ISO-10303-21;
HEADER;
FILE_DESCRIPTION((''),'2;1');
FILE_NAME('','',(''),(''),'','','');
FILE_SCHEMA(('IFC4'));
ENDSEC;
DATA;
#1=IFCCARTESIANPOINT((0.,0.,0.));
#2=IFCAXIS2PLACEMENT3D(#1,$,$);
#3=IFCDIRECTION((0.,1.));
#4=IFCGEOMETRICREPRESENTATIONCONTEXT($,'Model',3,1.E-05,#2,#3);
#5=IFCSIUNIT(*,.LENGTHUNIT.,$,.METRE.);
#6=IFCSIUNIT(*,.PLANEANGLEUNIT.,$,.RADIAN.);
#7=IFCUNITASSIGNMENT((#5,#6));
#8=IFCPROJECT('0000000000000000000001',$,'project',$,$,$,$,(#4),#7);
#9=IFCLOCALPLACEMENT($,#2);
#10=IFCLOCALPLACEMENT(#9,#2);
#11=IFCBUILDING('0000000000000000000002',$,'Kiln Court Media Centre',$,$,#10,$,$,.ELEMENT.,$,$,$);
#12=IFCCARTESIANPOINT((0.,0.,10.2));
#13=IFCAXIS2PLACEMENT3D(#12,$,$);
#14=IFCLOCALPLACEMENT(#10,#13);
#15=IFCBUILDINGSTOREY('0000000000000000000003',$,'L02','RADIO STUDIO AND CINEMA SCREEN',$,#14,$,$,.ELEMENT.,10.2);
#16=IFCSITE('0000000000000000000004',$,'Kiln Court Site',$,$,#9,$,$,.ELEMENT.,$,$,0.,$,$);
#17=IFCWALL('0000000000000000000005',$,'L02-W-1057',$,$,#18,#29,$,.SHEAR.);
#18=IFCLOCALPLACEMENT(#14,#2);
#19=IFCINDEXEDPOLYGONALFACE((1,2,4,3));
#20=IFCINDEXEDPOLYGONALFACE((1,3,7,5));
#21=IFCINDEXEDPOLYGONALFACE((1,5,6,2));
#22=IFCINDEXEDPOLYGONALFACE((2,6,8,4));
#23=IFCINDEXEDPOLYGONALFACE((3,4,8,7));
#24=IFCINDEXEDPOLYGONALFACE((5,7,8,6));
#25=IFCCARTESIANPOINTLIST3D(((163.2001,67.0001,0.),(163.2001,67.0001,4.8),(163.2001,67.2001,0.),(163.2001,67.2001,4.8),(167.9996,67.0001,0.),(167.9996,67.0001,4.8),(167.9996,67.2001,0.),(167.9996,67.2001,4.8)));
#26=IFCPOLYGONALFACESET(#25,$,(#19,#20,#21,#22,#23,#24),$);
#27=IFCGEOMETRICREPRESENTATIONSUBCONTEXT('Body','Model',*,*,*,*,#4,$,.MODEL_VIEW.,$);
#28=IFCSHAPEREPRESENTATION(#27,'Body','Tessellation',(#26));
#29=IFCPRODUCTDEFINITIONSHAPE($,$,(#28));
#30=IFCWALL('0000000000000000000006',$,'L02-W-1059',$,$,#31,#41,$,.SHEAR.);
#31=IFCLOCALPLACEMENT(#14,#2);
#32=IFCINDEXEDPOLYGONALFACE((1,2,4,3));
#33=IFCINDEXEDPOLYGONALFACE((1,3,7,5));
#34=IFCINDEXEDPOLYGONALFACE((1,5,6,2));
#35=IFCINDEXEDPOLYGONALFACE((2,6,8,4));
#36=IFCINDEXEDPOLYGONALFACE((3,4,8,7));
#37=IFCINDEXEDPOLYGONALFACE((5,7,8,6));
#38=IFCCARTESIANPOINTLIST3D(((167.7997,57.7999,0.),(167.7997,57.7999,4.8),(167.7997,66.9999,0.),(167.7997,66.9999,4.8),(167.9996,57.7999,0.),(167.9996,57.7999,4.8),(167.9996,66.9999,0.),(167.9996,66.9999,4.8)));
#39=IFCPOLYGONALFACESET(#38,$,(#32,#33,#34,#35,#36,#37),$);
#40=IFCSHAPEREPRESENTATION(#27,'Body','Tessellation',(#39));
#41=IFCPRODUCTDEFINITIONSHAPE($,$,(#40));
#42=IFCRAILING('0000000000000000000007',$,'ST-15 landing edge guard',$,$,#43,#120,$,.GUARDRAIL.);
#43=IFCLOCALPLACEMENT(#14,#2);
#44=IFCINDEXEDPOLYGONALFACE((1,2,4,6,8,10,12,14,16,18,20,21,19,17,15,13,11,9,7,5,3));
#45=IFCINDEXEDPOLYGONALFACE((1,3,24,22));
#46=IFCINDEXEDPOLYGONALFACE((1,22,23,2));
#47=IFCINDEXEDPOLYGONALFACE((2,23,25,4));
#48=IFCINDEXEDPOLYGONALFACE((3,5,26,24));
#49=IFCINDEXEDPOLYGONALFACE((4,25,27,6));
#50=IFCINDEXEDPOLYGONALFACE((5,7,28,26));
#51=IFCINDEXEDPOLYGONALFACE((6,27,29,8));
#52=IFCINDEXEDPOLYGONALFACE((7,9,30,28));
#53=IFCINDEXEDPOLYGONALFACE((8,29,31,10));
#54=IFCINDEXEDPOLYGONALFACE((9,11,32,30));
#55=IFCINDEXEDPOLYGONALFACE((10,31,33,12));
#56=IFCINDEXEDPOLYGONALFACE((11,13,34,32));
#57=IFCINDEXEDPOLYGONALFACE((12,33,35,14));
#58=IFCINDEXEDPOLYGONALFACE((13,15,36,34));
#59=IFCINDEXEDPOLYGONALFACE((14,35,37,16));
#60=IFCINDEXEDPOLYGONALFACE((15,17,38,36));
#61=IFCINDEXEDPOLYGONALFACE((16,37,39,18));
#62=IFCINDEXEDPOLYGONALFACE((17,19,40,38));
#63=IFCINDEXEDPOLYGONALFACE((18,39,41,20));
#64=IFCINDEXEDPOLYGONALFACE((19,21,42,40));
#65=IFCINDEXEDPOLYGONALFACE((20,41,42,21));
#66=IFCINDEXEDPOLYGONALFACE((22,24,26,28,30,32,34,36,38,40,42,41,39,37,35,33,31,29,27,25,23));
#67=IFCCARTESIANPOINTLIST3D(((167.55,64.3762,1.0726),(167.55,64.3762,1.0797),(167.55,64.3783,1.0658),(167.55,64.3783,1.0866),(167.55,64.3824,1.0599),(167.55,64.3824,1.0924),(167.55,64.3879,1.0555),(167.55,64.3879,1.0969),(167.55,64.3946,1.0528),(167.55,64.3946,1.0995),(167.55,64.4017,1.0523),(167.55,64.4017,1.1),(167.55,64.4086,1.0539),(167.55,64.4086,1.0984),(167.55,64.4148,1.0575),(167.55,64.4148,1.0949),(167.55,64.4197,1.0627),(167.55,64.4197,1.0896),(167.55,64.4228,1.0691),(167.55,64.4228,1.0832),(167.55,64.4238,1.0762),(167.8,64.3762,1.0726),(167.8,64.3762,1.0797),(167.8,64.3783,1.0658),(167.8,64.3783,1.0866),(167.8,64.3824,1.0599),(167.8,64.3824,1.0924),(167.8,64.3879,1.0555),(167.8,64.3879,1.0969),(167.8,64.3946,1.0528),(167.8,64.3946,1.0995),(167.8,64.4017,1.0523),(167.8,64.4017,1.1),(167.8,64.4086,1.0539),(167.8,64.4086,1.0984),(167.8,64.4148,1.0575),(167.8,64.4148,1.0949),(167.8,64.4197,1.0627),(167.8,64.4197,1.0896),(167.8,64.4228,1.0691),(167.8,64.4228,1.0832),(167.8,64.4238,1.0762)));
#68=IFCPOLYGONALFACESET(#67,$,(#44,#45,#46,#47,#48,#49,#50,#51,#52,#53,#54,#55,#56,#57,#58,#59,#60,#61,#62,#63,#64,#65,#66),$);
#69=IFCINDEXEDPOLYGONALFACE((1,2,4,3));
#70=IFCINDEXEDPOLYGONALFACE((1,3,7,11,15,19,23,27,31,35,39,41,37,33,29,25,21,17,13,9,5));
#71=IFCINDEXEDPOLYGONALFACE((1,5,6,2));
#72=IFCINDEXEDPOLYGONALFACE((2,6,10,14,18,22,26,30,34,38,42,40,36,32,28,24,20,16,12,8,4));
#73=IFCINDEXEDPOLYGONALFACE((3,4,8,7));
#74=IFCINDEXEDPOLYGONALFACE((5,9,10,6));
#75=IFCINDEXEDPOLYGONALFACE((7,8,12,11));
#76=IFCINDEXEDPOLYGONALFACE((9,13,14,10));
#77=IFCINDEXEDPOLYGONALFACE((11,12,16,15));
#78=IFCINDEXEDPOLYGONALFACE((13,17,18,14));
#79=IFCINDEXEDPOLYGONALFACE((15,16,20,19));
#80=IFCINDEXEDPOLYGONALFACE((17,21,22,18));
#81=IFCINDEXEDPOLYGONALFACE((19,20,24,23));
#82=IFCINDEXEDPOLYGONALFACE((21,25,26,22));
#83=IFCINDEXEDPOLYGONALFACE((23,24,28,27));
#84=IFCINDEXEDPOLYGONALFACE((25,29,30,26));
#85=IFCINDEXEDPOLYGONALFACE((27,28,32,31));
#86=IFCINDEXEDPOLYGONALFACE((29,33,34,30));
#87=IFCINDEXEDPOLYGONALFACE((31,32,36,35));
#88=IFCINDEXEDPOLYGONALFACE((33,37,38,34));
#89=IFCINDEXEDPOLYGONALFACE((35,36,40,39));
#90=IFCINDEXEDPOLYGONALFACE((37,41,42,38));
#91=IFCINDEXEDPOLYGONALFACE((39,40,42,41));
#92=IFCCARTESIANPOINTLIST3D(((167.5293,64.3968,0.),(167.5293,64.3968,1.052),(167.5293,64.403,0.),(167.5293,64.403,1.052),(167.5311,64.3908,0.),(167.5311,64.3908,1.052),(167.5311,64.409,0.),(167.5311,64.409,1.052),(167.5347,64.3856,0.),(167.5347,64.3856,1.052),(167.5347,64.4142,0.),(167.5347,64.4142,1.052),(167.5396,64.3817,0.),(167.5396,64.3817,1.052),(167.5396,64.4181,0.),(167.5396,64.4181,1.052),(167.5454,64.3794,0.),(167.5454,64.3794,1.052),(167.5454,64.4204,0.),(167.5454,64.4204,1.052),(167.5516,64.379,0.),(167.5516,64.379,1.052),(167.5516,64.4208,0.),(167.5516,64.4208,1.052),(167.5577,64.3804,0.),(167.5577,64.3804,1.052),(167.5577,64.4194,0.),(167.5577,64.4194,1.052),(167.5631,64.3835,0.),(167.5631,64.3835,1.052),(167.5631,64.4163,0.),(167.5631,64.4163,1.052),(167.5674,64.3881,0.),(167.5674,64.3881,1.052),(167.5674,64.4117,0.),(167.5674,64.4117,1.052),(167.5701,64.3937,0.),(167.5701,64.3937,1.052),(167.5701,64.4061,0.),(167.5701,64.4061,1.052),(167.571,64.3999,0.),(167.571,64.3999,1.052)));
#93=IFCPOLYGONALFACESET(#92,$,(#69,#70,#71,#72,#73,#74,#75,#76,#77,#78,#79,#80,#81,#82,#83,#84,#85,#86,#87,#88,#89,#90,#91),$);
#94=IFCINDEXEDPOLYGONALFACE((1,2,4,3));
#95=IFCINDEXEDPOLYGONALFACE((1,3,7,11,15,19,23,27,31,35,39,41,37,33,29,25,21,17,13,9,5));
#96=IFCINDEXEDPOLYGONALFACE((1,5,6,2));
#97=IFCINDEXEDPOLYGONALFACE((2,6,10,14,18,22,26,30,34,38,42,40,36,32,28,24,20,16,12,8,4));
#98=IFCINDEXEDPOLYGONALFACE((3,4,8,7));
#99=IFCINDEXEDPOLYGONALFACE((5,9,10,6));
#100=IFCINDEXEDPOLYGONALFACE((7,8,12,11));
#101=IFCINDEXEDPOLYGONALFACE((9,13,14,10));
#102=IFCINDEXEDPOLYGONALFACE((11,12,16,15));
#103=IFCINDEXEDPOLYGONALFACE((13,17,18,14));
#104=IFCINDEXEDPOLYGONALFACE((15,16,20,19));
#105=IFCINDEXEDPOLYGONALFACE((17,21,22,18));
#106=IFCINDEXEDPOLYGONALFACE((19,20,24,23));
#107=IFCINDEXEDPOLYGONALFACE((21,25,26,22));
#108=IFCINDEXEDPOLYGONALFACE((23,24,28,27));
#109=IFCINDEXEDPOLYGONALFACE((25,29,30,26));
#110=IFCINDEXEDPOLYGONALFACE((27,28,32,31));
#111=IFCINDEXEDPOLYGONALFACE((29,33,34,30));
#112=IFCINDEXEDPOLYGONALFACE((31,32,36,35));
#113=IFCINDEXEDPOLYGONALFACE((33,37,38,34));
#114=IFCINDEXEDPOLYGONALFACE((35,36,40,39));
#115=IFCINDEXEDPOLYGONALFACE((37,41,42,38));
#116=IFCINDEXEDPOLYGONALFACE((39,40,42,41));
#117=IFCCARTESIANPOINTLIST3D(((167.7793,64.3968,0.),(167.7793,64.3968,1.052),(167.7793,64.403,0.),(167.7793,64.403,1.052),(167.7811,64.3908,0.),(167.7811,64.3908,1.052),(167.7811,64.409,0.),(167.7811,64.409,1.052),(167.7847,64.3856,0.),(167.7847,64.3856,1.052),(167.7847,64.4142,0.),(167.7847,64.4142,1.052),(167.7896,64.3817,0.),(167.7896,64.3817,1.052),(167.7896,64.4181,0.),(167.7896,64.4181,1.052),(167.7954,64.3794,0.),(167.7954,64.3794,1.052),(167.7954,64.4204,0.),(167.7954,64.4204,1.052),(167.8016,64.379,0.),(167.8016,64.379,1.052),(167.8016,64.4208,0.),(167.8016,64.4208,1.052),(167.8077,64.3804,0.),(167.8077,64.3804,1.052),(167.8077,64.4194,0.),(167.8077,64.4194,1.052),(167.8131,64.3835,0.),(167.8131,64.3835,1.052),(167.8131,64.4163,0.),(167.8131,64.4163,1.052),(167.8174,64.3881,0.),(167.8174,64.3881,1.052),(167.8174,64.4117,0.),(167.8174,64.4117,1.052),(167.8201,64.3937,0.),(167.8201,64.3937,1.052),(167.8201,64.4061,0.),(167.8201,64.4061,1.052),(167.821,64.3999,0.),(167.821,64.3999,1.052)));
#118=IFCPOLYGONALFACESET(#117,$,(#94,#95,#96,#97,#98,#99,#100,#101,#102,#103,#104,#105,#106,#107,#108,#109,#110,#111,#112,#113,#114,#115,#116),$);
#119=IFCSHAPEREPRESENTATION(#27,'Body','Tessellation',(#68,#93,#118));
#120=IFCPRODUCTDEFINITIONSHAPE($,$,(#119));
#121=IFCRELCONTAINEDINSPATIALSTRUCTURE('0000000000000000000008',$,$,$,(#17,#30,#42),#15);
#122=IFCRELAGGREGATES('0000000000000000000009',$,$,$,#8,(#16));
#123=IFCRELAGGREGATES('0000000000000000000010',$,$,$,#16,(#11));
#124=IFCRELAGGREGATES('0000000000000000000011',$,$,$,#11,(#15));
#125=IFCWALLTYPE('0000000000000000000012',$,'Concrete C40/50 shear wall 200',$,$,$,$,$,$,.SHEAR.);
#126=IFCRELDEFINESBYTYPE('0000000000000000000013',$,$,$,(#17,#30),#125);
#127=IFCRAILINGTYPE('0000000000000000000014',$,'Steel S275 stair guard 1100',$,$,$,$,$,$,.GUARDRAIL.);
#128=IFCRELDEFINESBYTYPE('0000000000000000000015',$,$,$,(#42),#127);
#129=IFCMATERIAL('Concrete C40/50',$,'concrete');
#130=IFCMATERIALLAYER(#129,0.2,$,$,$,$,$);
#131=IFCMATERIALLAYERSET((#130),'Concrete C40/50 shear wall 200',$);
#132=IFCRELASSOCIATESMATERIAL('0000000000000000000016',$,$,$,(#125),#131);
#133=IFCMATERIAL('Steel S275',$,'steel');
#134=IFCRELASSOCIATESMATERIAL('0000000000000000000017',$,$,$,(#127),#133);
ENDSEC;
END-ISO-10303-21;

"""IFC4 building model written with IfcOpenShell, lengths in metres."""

from ifc_helpers import new_model, si_unit, direction, frame, frame_2d, origin, origin_2d, place, context, subcontext, project, spatial, rectangle, circle, extrude, material, layer, layer_set, type_object, element, save


model = new_model("IFC4")

# Units and contexts
model_context = context("Model", 3, precision=1e-05, world=origin(), true_north=direction((0.0, 1.0)))
body_context = subcontext(model_context, "Body", "Model", "MODEL_VIEW")
ifc_project = project(units=[si_unit("LENGTHUNIT", "METRE"), si_unit("PLANEANGLEUNIT", "RADIAN")], contexts=[model_context])

# Site, building, storey
site_placement = place(None, origin())
site = spatial("IfcSite", under=ifc_project, at=site_placement, Name="Kiln Court Site", CompositionType="ELEMENT", RefElevation=0.0)
building_placement = place(site_placement, origin())
building = spatial("IfcBuilding", under=site, at=building_placement, Name="Kiln Court Media Centre", CompositionType="ELEMENT")
storey_placement = place(building_placement, frame((0.0, 0.0, 10.2)))
storey = spatial("IfcBuildingStorey", under=building, at=storey_placement, Name="L02", Description="RADIO STUDIO AND CINEMA SCREEN", CompositionType="ELEMENT", Elevation=10.2)

# Walls
ifc_material_1 = material(Name="Concrete C40/50", Category="concrete")
ifc_layer_1 = layer(ifc_material_1, 0.2)
ifc_layer_set_1 = layer_set([ifc_layer_1], Name="Concrete C40/50 shear wall 200")
wall_type_1 = type_object("IfcWallType", Name="Concrete C40/50 shear wall 200", PredefinedType="SHEAR", material=ifc_layer_set_1)
wall_1_placement = place(storey_placement, frame((163.2, 67.1001, 0.0), z_axis=(0.0, 0.0, 1.0), x_axis=(1.0, 0.0, 0.0)))
element("IfcWall", 1, at=wall_1_placement, inside=storey, type_object=wall_type_1, Name="L02-W-1057", PredefinedType="SHEAR", context=body_context, shape_type="SweptSolid", body=[
    extrude(rectangle(XDim=4.7996, YDim=0.2, at=frame_2d((2.3999, 0.0))), origin(), (0.0, 0.0, 1.0), 4.8),
])
wall_2_placement = place(storey_placement, frame((167.8997, 67.0, 0.0), z_axis=(0.0, 0.0, 1.0), x_axis=(0.0, -1.0, 0.0)))
element("IfcWall", 2, at=wall_2_placement, inside=storey, type_object=wall_type_1, Name="L02-W-1059", PredefinedType="SHEAR", context=body_context, shape_type="SweptSolid", body=[
    extrude(rectangle(XDim=9.2, YDim=0.2, at=frame_2d((4.6001, 0.0))), origin(), (0.0, 0.0, 1.0), 4.8),
])

# Railing
ifc_material_2 = material(Name="Steel S275", Category="steel")
railing_type = type_object("IfcRailingType", Name="Steel S275 stair guard 1100", PredefinedType="GUARDRAIL", material=ifc_material_2)
railing_1_placement = place(storey_placement, frame((167.55, 64.3999, 0.0)))
element("IfcRailing", 3, at=railing_1_placement, inside=storey, type_object=railing_type, Name="ST-15 landing edge guard", PredefinedType="GUARDRAIL", context=body_context, shape_type="SweptSolid", body=[
    extrude(circle(Radius=0.0239, at=origin_2d()), frame((0.0, 0.0, 1.0762), z_axis=(1.0, 0.0, 0.0), x_axis=(0.0, 1.0, 0.0)), (0.0, 0.0, 1.0), 0.25),
    extrude(circle(Radius=0.021, at=origin_2d()), origin(), (0.0, 0.0, 1.0), 1.052),
    extrude(circle(Radius=0.021, at=origin_2d()), frame((0.25, 0.0, 0.0)), (0.0, 0.0, 1.0), 1.052),
])

save(model, "model.ifc")
